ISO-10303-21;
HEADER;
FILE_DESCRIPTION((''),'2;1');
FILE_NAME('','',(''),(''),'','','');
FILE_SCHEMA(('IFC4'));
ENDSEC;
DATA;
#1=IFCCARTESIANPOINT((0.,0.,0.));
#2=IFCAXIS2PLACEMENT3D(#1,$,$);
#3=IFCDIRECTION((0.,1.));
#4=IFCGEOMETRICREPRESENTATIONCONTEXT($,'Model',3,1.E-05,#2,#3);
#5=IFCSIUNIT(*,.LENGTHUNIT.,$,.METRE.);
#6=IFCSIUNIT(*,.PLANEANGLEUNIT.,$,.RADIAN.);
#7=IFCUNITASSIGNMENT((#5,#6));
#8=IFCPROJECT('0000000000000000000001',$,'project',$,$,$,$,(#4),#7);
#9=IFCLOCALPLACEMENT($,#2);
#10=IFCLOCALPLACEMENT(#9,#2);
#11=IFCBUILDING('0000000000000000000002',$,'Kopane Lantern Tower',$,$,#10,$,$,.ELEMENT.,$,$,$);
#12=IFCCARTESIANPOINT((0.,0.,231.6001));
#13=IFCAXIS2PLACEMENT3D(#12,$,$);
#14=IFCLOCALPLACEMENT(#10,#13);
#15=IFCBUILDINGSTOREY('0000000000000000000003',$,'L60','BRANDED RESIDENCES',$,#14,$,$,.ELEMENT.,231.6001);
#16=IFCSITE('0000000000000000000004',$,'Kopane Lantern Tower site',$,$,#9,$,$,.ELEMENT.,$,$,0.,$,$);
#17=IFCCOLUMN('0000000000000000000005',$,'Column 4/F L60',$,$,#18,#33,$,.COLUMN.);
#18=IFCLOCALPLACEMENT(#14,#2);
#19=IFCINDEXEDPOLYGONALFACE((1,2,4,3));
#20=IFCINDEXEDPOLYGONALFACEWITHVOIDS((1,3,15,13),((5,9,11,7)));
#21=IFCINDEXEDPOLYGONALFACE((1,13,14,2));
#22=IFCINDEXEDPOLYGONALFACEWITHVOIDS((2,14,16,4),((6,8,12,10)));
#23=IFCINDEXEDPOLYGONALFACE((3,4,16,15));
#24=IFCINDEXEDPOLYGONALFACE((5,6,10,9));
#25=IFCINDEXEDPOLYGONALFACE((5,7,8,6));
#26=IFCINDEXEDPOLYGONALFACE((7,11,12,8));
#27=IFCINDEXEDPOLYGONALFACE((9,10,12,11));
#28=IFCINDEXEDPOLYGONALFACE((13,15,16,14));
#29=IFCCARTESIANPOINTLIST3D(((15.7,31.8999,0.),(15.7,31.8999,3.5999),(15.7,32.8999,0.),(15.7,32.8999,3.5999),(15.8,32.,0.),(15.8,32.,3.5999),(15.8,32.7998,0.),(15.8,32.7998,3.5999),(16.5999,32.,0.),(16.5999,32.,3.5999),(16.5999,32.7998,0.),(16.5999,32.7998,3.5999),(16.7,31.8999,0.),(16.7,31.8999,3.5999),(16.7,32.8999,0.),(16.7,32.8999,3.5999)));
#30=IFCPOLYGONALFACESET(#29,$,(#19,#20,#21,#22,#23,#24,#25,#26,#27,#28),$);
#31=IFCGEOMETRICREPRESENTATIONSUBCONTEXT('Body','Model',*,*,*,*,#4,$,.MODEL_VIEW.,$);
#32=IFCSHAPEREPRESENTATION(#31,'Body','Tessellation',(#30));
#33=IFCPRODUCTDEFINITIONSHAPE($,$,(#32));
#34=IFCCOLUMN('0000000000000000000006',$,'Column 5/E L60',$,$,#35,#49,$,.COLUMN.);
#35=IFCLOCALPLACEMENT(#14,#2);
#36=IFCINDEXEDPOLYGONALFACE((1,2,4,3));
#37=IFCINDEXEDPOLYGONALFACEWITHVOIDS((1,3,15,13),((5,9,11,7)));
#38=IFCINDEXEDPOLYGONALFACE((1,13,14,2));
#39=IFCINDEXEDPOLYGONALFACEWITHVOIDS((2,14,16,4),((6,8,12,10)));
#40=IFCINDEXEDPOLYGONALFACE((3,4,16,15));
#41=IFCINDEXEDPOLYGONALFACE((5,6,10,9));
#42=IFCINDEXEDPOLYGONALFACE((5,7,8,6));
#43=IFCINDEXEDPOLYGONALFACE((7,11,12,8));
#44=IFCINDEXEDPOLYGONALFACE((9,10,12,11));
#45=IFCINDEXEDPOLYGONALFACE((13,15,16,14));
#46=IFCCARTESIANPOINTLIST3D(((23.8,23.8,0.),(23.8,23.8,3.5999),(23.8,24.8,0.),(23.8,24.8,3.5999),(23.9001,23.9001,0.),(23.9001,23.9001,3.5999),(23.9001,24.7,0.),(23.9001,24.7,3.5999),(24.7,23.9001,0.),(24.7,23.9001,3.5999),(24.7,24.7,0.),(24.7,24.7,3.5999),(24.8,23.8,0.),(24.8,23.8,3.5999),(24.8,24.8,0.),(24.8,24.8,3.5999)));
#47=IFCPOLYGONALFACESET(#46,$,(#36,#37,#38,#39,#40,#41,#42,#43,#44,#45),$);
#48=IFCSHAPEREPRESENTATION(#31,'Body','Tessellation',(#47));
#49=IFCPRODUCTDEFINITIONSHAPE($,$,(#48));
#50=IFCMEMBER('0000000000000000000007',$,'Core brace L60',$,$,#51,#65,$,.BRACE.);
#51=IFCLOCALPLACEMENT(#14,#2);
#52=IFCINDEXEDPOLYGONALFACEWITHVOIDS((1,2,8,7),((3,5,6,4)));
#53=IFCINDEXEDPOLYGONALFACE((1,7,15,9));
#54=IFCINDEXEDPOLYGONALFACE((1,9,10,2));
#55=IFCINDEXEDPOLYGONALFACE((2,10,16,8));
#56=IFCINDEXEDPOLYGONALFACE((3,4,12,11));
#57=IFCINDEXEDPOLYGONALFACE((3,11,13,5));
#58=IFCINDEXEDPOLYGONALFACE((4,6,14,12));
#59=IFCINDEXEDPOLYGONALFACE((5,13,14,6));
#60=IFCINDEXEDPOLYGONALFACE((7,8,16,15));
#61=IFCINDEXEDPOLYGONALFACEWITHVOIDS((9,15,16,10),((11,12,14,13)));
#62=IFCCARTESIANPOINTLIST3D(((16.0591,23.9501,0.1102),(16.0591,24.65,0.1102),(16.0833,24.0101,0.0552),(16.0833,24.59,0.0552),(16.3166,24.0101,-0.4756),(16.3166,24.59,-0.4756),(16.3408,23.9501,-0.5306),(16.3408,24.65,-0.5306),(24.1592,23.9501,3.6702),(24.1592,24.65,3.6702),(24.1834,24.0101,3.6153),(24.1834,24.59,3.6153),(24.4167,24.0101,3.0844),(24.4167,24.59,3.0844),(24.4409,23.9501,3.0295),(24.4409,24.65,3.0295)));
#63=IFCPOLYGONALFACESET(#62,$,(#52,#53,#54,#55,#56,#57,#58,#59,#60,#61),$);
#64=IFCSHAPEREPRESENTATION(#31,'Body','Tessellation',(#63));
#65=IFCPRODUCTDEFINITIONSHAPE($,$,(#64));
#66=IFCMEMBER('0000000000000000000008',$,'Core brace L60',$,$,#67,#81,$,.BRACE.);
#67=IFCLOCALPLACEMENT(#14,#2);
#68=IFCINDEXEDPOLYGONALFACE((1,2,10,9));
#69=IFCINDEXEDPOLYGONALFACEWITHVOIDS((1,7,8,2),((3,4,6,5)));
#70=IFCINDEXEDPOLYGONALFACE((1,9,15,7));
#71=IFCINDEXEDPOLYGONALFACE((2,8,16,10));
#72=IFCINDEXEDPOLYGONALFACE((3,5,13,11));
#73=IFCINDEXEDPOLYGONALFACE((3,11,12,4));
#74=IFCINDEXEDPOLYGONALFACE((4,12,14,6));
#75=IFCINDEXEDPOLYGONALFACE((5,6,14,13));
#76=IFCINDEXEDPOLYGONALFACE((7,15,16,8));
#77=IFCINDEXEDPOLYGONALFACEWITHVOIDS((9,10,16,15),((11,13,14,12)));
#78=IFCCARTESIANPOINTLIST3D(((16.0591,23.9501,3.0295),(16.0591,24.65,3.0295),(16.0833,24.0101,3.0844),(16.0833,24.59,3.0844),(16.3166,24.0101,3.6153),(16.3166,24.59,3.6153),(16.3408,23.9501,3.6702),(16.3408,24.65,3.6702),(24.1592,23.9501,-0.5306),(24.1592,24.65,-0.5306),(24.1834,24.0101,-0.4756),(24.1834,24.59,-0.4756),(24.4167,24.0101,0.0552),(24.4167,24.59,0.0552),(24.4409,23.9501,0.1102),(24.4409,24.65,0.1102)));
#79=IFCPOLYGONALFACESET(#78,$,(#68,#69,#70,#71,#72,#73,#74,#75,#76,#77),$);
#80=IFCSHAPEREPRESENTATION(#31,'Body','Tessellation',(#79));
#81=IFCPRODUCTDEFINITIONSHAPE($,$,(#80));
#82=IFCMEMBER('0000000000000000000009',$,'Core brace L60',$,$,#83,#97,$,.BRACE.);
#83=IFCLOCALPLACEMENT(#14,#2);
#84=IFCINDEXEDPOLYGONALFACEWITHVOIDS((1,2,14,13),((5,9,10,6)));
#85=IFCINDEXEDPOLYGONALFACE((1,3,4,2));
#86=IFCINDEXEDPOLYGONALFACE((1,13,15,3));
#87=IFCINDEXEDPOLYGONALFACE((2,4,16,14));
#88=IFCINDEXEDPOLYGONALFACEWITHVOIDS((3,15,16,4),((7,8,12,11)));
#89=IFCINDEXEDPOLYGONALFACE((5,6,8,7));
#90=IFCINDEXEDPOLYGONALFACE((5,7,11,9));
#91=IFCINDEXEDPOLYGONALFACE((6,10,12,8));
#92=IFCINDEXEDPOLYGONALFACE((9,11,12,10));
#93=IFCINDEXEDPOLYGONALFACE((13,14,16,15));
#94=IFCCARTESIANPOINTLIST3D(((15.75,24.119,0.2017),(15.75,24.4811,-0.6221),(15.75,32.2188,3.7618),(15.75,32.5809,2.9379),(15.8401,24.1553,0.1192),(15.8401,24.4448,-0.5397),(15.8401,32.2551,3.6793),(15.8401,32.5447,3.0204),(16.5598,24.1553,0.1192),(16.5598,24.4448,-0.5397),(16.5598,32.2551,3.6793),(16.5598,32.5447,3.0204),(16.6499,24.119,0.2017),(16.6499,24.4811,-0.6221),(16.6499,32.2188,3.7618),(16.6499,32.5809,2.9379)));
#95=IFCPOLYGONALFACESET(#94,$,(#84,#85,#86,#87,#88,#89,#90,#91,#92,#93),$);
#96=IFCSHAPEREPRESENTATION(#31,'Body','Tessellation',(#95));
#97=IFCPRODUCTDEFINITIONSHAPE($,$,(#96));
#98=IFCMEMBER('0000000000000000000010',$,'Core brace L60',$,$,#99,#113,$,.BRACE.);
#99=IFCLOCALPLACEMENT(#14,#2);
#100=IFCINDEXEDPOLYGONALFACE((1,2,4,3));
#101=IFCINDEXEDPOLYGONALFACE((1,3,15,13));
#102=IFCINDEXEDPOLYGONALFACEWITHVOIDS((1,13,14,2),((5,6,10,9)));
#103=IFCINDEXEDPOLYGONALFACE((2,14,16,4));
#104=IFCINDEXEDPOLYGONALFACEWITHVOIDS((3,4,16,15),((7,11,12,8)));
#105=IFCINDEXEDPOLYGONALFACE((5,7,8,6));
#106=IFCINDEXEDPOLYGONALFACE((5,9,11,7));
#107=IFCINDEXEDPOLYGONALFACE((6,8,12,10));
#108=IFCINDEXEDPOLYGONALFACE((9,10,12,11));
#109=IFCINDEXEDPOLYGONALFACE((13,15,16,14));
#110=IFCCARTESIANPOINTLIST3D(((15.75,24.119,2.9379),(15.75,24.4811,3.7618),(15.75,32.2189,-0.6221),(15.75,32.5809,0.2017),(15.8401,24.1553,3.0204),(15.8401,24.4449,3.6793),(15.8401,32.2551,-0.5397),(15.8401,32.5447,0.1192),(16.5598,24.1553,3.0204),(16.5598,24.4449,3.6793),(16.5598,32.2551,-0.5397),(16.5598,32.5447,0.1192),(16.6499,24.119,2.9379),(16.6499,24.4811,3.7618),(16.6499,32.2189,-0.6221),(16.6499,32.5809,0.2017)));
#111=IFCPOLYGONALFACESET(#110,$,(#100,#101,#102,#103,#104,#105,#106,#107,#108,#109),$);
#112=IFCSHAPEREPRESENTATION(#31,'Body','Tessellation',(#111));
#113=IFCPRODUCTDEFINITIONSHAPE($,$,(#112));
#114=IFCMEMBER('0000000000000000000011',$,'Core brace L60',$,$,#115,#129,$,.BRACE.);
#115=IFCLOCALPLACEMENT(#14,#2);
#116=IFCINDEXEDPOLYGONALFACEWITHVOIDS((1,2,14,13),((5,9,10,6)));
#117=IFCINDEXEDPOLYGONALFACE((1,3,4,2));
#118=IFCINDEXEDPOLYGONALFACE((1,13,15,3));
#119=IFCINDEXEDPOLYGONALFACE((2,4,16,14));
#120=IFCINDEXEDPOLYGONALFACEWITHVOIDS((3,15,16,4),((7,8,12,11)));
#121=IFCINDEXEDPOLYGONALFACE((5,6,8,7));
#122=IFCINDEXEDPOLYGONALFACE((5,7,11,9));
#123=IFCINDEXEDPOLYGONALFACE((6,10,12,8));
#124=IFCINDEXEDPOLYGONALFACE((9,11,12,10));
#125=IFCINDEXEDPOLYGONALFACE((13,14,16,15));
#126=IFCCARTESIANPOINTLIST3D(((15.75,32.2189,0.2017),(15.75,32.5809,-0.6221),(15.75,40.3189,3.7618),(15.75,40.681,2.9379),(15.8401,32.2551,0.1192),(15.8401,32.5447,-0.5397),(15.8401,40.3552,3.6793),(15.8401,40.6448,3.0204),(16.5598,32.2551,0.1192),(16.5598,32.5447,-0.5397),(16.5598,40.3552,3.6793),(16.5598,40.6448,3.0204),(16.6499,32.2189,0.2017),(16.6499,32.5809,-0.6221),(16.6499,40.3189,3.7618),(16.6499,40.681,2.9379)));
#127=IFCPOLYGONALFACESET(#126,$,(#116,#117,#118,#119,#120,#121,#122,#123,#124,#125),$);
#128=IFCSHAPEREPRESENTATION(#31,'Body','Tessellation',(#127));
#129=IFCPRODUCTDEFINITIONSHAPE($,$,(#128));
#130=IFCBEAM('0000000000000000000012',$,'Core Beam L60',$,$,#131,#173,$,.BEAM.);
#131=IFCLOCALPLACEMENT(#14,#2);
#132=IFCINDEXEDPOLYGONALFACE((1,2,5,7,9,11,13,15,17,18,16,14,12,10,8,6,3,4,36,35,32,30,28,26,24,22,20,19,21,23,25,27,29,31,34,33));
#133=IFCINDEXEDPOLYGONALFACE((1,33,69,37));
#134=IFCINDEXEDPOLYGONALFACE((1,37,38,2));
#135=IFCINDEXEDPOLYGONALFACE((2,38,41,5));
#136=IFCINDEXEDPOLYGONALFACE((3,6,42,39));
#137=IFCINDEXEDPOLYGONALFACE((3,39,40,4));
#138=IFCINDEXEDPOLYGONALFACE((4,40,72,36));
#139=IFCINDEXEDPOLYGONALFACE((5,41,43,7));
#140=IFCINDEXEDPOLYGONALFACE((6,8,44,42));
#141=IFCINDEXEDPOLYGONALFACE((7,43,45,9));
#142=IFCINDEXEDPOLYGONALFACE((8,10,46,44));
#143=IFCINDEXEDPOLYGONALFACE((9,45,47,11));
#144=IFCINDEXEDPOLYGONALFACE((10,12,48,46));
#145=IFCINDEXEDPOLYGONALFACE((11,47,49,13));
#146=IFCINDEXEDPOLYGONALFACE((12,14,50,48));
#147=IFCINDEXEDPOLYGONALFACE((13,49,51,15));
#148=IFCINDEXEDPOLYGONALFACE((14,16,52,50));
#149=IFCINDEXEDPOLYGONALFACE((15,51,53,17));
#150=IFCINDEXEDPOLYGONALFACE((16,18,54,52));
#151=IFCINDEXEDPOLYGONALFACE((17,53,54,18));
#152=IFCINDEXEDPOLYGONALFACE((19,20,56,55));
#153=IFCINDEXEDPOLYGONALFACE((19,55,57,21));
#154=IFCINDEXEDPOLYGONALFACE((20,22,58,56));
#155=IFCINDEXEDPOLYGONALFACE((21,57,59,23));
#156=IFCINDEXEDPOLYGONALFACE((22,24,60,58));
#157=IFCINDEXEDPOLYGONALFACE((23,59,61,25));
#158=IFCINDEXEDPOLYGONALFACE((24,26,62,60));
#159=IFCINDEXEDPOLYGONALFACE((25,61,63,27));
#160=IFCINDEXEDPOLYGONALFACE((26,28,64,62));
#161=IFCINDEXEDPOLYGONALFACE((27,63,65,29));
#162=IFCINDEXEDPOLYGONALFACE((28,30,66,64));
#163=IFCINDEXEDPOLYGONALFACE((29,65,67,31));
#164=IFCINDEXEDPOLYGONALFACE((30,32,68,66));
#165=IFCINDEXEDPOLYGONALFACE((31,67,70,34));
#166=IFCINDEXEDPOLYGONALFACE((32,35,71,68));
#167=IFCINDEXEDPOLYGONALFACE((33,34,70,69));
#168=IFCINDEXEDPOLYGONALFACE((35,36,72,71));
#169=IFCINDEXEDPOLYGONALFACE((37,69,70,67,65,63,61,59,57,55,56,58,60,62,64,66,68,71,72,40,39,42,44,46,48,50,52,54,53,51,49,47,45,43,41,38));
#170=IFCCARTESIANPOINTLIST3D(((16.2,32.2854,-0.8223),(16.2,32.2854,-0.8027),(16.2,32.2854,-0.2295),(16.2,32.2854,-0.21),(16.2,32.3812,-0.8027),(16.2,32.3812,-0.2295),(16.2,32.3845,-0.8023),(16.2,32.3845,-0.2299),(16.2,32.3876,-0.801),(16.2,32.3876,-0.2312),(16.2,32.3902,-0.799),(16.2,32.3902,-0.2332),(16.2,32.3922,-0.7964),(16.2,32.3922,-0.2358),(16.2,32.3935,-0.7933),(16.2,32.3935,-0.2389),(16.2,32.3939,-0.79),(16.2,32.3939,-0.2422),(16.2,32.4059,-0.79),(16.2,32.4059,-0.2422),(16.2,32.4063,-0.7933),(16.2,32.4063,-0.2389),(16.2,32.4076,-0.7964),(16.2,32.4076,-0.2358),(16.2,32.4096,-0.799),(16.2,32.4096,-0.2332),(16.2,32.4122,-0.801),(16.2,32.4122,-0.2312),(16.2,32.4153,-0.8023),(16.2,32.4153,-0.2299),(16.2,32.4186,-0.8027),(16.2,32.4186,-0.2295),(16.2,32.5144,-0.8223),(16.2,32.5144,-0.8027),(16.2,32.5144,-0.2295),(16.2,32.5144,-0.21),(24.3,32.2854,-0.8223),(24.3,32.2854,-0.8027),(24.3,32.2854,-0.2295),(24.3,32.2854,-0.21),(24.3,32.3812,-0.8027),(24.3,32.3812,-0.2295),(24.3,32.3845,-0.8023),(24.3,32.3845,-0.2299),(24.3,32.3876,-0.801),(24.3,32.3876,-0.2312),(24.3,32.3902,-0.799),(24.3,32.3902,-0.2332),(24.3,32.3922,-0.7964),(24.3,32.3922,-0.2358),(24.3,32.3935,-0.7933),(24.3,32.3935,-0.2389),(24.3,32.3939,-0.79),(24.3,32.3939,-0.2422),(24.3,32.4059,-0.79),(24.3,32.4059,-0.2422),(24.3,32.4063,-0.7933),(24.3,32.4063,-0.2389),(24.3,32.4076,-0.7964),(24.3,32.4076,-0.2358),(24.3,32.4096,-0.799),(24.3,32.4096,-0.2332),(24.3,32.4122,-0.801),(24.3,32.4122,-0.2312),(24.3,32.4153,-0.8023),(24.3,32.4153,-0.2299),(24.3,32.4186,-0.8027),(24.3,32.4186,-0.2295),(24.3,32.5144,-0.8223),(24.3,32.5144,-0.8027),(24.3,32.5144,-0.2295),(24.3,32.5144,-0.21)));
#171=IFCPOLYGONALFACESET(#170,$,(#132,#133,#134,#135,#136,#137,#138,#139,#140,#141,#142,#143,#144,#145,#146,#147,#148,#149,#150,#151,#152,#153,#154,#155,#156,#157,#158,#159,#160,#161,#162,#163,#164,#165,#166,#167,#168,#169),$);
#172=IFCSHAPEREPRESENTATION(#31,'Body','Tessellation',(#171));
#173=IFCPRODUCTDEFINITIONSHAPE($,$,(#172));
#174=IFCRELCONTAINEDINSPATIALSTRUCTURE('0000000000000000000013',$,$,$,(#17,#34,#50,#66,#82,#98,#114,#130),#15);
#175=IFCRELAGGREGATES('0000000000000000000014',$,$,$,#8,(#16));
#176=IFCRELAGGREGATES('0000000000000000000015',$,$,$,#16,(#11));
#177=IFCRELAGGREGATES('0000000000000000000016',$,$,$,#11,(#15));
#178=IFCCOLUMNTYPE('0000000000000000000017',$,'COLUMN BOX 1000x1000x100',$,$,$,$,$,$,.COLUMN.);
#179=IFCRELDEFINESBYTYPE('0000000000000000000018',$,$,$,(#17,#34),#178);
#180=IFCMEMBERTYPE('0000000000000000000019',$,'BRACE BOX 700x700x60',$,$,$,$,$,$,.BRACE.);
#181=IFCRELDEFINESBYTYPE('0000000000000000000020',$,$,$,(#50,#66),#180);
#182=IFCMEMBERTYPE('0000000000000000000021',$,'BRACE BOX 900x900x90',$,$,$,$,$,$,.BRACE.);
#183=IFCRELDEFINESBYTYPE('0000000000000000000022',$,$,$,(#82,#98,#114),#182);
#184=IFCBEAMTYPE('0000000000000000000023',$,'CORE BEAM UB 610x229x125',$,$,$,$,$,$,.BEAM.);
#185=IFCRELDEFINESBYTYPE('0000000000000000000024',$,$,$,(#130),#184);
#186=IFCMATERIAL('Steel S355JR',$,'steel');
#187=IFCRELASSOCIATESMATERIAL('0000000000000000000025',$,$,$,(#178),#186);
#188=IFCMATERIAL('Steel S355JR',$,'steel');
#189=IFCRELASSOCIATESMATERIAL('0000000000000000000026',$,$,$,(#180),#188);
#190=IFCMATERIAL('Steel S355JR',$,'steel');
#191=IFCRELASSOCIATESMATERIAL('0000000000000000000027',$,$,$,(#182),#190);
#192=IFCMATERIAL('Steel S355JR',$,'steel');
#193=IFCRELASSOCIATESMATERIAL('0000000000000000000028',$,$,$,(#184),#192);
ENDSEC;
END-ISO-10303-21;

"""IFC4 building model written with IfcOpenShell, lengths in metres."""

from ifc_helpers import new_model, si_unit, direction, frame, origin, origin_2d, place, context, subcontext, project, spatial, hollow_rectangle, i_section, extrude, material, material_profile, profile_set, type_object, element, save


model = new_model("IFC4")

# Units and contexts
model_context = context("Model", 3, precision=1e-05, world=origin(), true_north=direction((0.0, 1.0)))
body_context = subcontext(model_context, "Body", "Model", "MODEL_VIEW")
ifc_project = project(units=[si_unit("LENGTHUNIT", "METRE"), si_unit("PLANEANGLEUNIT", "RADIAN")], contexts=[model_context])

# Site, building, storey
site_placement = place(None, origin())
site = spatial("IfcSite", under=ifc_project, at=site_placement, Name="Kopane Lantern Tower site", CompositionType="ELEMENT", RefElevation=0.0)
building_placement = place(site_placement, origin())
building = spatial("IfcBuilding", under=site, at=building_placement, Name="Kopane Lantern Tower", CompositionType="ELEMENT")
storey_placement = place(building_placement, frame((0.0, 0.0, 231.6001)))
storey = spatial("IfcBuildingStorey", under=building, at=storey_placement, Name="L60", Description="BRANDED RESIDENCES", CompositionType="ELEMENT", Elevation=231.6001)

# Columns
ifc_material_1 = material(Name="Steel S355JR", Category="steel")
ifc_material_profile_1 = material_profile(ifc_material_1, hollow_rectangle(XDim=1.0, YDim=1.0, WallThickness=0.1001, at=origin_2d()), Name="BOX 1000x1000x100")
ifc_profile_set_1 = profile_set([ifc_material_profile_1], Name="Steel S355JR")
column_type = type_object("IfcColumnType", Name="COLUMN BOX 1000x1000x100", PredefinedType="COLUMN", material=ifc_profile_set_1)
for number, where, z_axis, x_axis, name in (
    (1, (16.2, 32.3999, 0.0), (0.0, 0.0, 1.0), (1.0, 0.0, 0.0), "Column 4/F L60"),
    (2, (24.3, 24.3, 0.0), (0.0, 0.0, 1.0), (1.0, 0.0, 0.0), "Column 5/E L60"),
):
    element("IfcColumn", number, at=place(storey_placement, frame(where, z_axis=z_axis, x_axis=x_axis)), inside=storey, type_object=column_type, Name=name, PredefinedType="COLUMN", context=body_context, shape_type="SweptSolid", body=[
        extrude(hollow_rectangle(XDim=1.0, YDim=1.0, WallThickness=0.1001, at=origin_2d()), origin(), (0.0, 0.0, 1.0), 3.5999),
    ])

# Members
ifc_material_2 = material(Name="Steel S355JR", Category="steel")
ifc_material_profile_2 = material_profile(ifc_material_2, hollow_rectangle(XDim=0.7, YDim=0.7, WallThickness=0.0601, at=origin_2d()), Name="BOX 700x700x60")
ifc_profile_set_2 = profile_set([ifc_material_profile_2], Name="Steel S355JR")
member_type_1 = type_object("IfcMemberType", Name="BRACE BOX 700x700x60", PredefinedType="BRACE", material=ifc_profile_set_2)
for number, where, z_axis, x_axis, name in (
    (3, (16.2, 24.3, -0.2102), (0.915481, 0.0, 0.402361), (0.0, 1.0, 0.0), "Core brace L60"),
    (4, (24.3, 24.3, -0.2102), (-0.915481, 0.0, 0.402361), (0.0, -1.0, 0.0), "Core brace L60"),
):
    element("IfcMember", number, at=place(storey_placement, frame(where, z_axis=z_axis, x_axis=x_axis)), inside=storey, type_object=member_type_1, Name=name, PredefinedType="BRACE", context=body_context, shape_type="SweptSolid", body=[
        extrude(hollow_rectangle(XDim=0.7, YDim=0.7, WallThickness=0.0601, at=origin_2d()), origin(), (0.0, 0.0, 1.0), 8.8479),
    ])
ifc_material_3 = material(Name="Steel S355JR", Category="steel")
ifc_material_profile_3 = material_profile(ifc_material_3, hollow_rectangle(XDim=0.8999, YDim=0.8999, WallThickness=0.0901, at=origin_2d()), Name="BOX 900x900x90")
ifc_profile_set_3 = profile_set([ifc_material_profile_3], Name="Steel S355JR")
member_type_2 = type_object("IfcMemberType", Name="BRACE BOX 900x900x90", PredefinedType="BRACE", material=ifc_profile_set_3)
for number, where, z_axis, x_axis, name in (
    (5, (16.2, 24.3, -0.2102), (0.0, 0.915476, 0.402371), (-1.0, 0.0, 0.0), "Core brace L60"),
    (6, (16.2, 32.3999, -0.2102), (0.0, -0.915476, 0.402371), (1.0, 0.0, 0.0), "Core brace L60"),
):
    element("IfcMember", number, at=place(storey_placement, frame(where, z_axis=z_axis, x_axis=x_axis)), inside=storey, type_object=member_type_2, Name=name, PredefinedType="BRACE", context=body_context, shape_type="SweptSolid", body=[
        extrude(hollow_rectangle(XDim=0.8999, YDim=0.8999, WallThickness=0.0901, at=origin_2d()), origin(), (0.0, 0.0, 1.0), 8.8477),
    ])
member_placement = place(storey_placement, frame((16.2, 32.3999, -0.2102), z_axis=(0.0, 0.915481, 0.402361), x_axis=(-1.0, 0.0, 0.0)))
element("IfcMember", 7, at=member_placement, inside=storey, type_object=member_type_2, Name="Core brace L60", PredefinedType="BRACE", context=body_context, shape_type="SweptSolid", body=[
    extrude(hollow_rectangle(XDim=0.8999, YDim=0.8999, WallThickness=0.0901, at=origin_2d()), origin(), (0.0, 0.0, 1.0), 8.8479),
])

# Beam
ifc_material_4 = material(Name="Steel S355JR", Category="steel")
ifc_material_profile_4 = material_profile(ifc_material_4, i_section(OverallWidth=0.229, OverallDepth=0.6123, WebThickness=0.012, FlangeThickness=0.0195, FilletRadius=0.0127, at=origin_2d()), Name="UB 610x229x125")
ifc_profile_set_4 = profile_set([ifc_material_profile_4], Name="Steel S355JR")
beam_type_1 = type_object("IfcBeamType", Name="CORE BEAM UB 610x229x125", PredefinedType="BEAM", material=ifc_profile_set_4)
beam_1_placement = place(storey_placement, frame((16.2, 32.3999, -0.5161), z_axis=(1.0, 0.0, 0.0), x_axis=(0.0, 1.0, 0.0)))
element("IfcBeam", 8, at=beam_1_placement, inside=storey, type_object=beam_type_1, Name="Core Beam L60", PredefinedType="BEAM", context=body_context, shape_type="SweptSolid", body=[
    extrude(i_section(OverallWidth=0.229, OverallDepth=0.6123, WebThickness=0.012, FlangeThickness=0.0195, FilletRadius=0.0127, at=origin_2d()), origin(), (0.0, 0.0, 1.0), 8.1001),
])

save(model, "model.ifc")
